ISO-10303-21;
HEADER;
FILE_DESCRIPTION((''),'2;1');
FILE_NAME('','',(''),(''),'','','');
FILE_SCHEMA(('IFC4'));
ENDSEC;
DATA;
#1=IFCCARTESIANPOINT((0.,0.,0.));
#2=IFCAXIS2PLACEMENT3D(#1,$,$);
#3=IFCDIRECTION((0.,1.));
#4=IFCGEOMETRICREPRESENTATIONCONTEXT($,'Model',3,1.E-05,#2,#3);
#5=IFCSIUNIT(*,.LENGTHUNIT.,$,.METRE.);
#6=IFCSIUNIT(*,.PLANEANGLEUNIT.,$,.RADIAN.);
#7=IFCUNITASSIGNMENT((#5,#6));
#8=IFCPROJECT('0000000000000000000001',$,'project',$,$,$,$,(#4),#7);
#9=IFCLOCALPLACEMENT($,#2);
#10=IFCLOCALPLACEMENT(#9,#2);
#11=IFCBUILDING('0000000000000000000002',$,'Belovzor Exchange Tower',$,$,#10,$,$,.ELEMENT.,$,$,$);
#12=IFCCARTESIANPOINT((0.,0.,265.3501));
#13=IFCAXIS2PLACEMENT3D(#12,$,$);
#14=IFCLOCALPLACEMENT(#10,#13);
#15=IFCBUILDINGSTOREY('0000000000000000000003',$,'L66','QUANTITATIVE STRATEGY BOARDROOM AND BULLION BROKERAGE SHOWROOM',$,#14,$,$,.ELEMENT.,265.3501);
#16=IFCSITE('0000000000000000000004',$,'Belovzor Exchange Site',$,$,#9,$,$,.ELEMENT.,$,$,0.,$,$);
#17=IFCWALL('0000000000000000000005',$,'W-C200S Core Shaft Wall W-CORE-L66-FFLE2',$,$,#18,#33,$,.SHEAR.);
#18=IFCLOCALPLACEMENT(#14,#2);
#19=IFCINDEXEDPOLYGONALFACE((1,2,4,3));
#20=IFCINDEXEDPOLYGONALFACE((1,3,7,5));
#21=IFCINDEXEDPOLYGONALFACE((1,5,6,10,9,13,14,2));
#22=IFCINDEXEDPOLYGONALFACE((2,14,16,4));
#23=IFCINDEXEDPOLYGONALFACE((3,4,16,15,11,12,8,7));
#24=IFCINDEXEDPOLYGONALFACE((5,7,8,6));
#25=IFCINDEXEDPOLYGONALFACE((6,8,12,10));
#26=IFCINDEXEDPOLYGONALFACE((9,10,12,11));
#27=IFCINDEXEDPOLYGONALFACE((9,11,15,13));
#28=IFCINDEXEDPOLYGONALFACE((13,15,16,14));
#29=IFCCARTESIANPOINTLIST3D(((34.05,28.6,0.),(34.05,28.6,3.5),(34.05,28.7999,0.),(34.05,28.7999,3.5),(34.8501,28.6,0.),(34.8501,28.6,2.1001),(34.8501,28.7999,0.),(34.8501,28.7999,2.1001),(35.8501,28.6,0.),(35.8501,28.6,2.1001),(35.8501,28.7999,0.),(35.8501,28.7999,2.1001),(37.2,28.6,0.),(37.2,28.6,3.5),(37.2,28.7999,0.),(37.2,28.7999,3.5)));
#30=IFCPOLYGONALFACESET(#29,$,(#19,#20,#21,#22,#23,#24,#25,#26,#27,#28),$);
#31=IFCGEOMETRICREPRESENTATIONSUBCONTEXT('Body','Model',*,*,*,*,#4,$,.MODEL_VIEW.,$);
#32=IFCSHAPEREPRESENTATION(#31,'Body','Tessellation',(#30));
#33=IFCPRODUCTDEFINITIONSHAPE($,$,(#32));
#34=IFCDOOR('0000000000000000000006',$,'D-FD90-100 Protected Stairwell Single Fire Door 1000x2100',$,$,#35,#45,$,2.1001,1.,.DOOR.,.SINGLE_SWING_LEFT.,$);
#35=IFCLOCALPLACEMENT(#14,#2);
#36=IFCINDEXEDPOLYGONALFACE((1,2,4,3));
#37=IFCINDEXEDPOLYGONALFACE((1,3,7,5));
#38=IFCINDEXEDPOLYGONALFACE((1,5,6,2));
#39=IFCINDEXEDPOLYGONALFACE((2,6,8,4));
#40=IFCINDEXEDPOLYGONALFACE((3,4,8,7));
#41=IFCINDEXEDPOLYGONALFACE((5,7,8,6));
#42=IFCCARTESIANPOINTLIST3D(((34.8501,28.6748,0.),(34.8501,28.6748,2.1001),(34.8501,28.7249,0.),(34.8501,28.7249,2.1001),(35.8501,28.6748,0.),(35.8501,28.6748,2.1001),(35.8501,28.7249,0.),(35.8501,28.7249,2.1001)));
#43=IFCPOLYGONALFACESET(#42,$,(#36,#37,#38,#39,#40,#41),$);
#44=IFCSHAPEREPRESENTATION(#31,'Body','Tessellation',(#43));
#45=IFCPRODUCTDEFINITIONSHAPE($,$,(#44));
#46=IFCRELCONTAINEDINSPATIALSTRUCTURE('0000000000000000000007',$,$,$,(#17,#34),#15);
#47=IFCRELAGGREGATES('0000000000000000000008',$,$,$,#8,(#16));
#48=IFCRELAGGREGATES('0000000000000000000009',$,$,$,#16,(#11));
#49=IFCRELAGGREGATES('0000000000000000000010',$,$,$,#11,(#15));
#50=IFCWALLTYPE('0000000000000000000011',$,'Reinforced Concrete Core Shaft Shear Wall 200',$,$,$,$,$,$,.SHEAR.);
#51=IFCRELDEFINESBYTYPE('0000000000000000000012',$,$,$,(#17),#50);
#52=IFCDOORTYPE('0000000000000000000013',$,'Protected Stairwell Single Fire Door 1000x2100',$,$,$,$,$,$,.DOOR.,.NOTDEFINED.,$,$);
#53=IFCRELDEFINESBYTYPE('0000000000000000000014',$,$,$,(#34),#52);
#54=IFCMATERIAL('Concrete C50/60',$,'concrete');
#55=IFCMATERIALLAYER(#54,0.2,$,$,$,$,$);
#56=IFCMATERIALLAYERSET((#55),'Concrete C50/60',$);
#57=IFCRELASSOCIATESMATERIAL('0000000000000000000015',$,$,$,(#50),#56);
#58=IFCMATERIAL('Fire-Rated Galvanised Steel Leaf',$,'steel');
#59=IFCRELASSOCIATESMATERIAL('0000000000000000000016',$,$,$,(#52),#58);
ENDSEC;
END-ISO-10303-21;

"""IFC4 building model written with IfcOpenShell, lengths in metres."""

from ifc_helpers import new_model, si_unit, direction, frame, frame_2d, origin, place, context, subcontext, project, spatial, rectangle, extrude, material, layer, layer_set, type_object, element, fill, save


model = new_model("IFC4")

# Units and contexts
model_context = context("Model", 3, precision=1e-05, world=origin(), true_north=direction((0.0, 1.0)))
body_context = subcontext(model_context, "Body", "Model", "MODEL_VIEW")
ifc_project = project(units=[si_unit("LENGTHUNIT", "METRE"), si_unit("PLANEANGLEUNIT", "RADIAN")], contexts=[model_context])

# Site, building, storey
site_placement = place(None, origin())
site = spatial("IfcSite", under=ifc_project, at=site_placement, Name="Belovzor Exchange Site", CompositionType="ELEMENT", RefElevation=0.0)
building_placement = place(site_placement, origin())
building = spatial("IfcBuilding", under=site, at=building_placement, Name="Belovzor Exchange Tower", CompositionType="ELEMENT")
storey_placement = place(building_placement, frame((0.0, 0.0, 265.3501)))
storey = spatial("IfcBuildingStorey", under=building, at=storey_placement, Name="L66", Description="QUANTITATIVE STRATEGY BOARDROOM AND BULLION BROKERAGE SHOWROOM", CompositionType="ELEMENT", Elevation=265.3501)

# Wall, opening, door
ifc_material_1 = material(Name="Concrete C50/60", Category="concrete")
ifc_layer_1 = layer(ifc_material_1, 0.2)
ifc_layer_set_1 = layer_set([ifc_layer_1], Name="Concrete C50/60")
wall_type_1 = type_object("IfcWallType", Name="Reinforced Concrete Core Shaft Shear Wall 200", PredefinedType="SHEAR", material=ifc_layer_set_1)
wall_1_placement = place(storey_placement, frame((34.05, 28.7, 0.0), z_axis=(0.0, 0.0, 1.0), x_axis=(1.0, 0.0, 0.0)))
wall_1 = element("IfcWall", 1, at=wall_1_placement, inside=storey, type_object=wall_type_1, Name="W-C200S Core Shaft Wall W-CORE-L66-FFLE2", PredefinedType="SHEAR", context=body_context, shape_type="SweptSolid", body=[
    extrude(rectangle(XDim=3.1499, YDim=0.2, at=frame_2d((1.575, 0.0))), origin(), (0.0, 0.0, 1.0), 3.5),
])
opening_1_placement = place(wall_1_placement, frame((0.8, 0.0, 0.0)))
opening_1 = element("IfcOpeningElement", 2, at=opening_1_placement, cuts=wall_1, PredefinedType="OPENING", context=body_context, shape_type="SweptSolid", body=[
    extrude(rectangle(XDim=1.0, YDim=2.1001, at=frame_2d((0.5, 1.05))), frame((0.0, 0.1099, 0.0), z_axis=(0.0, -1.0, 0.0), x_axis=(1.0, 0.0, 0.0)), (0.0, 0.0, 1.0), 0.22),
])
ifc_material_2 = material(Name="Fire-Rated Galvanised Steel Leaf", Category="steel")
door_type_1 = type_object("IfcDoorType", Name="Protected Stairwell Single Fire Door 1000x2100", OperationType="NOTDEFINED", PredefinedType="DOOR", material=ifc_material_2)
door_1_placement = place(opening_1_placement, origin())
door_1 = element("IfcDoor", 3, at=door_1_placement, inside=storey, type_object=door_type_1, Name="D-FD90-100 Protected Stairwell Single Fire Door 1000x2100", OperationType="SINGLE_SWING_LEFT", OverallHeight=2.1001, OverallWidth=1.0, PredefinedType="DOOR", context=body_context, shape_type="SweptSolid", body=[
    extrude(rectangle(XDim=1.0, YDim=2.1001, at=frame_2d((0.5, 1.05))), frame((0.0, 0.0249, 0.0), z_axis=(0.0, -1.0, 0.0), x_axis=(1.0, 0.0, 0.0)), (0.0, 0.0, 1.0), 0.05),
])
fill(opening_1, door_1)

save(model, "model.ifc")
